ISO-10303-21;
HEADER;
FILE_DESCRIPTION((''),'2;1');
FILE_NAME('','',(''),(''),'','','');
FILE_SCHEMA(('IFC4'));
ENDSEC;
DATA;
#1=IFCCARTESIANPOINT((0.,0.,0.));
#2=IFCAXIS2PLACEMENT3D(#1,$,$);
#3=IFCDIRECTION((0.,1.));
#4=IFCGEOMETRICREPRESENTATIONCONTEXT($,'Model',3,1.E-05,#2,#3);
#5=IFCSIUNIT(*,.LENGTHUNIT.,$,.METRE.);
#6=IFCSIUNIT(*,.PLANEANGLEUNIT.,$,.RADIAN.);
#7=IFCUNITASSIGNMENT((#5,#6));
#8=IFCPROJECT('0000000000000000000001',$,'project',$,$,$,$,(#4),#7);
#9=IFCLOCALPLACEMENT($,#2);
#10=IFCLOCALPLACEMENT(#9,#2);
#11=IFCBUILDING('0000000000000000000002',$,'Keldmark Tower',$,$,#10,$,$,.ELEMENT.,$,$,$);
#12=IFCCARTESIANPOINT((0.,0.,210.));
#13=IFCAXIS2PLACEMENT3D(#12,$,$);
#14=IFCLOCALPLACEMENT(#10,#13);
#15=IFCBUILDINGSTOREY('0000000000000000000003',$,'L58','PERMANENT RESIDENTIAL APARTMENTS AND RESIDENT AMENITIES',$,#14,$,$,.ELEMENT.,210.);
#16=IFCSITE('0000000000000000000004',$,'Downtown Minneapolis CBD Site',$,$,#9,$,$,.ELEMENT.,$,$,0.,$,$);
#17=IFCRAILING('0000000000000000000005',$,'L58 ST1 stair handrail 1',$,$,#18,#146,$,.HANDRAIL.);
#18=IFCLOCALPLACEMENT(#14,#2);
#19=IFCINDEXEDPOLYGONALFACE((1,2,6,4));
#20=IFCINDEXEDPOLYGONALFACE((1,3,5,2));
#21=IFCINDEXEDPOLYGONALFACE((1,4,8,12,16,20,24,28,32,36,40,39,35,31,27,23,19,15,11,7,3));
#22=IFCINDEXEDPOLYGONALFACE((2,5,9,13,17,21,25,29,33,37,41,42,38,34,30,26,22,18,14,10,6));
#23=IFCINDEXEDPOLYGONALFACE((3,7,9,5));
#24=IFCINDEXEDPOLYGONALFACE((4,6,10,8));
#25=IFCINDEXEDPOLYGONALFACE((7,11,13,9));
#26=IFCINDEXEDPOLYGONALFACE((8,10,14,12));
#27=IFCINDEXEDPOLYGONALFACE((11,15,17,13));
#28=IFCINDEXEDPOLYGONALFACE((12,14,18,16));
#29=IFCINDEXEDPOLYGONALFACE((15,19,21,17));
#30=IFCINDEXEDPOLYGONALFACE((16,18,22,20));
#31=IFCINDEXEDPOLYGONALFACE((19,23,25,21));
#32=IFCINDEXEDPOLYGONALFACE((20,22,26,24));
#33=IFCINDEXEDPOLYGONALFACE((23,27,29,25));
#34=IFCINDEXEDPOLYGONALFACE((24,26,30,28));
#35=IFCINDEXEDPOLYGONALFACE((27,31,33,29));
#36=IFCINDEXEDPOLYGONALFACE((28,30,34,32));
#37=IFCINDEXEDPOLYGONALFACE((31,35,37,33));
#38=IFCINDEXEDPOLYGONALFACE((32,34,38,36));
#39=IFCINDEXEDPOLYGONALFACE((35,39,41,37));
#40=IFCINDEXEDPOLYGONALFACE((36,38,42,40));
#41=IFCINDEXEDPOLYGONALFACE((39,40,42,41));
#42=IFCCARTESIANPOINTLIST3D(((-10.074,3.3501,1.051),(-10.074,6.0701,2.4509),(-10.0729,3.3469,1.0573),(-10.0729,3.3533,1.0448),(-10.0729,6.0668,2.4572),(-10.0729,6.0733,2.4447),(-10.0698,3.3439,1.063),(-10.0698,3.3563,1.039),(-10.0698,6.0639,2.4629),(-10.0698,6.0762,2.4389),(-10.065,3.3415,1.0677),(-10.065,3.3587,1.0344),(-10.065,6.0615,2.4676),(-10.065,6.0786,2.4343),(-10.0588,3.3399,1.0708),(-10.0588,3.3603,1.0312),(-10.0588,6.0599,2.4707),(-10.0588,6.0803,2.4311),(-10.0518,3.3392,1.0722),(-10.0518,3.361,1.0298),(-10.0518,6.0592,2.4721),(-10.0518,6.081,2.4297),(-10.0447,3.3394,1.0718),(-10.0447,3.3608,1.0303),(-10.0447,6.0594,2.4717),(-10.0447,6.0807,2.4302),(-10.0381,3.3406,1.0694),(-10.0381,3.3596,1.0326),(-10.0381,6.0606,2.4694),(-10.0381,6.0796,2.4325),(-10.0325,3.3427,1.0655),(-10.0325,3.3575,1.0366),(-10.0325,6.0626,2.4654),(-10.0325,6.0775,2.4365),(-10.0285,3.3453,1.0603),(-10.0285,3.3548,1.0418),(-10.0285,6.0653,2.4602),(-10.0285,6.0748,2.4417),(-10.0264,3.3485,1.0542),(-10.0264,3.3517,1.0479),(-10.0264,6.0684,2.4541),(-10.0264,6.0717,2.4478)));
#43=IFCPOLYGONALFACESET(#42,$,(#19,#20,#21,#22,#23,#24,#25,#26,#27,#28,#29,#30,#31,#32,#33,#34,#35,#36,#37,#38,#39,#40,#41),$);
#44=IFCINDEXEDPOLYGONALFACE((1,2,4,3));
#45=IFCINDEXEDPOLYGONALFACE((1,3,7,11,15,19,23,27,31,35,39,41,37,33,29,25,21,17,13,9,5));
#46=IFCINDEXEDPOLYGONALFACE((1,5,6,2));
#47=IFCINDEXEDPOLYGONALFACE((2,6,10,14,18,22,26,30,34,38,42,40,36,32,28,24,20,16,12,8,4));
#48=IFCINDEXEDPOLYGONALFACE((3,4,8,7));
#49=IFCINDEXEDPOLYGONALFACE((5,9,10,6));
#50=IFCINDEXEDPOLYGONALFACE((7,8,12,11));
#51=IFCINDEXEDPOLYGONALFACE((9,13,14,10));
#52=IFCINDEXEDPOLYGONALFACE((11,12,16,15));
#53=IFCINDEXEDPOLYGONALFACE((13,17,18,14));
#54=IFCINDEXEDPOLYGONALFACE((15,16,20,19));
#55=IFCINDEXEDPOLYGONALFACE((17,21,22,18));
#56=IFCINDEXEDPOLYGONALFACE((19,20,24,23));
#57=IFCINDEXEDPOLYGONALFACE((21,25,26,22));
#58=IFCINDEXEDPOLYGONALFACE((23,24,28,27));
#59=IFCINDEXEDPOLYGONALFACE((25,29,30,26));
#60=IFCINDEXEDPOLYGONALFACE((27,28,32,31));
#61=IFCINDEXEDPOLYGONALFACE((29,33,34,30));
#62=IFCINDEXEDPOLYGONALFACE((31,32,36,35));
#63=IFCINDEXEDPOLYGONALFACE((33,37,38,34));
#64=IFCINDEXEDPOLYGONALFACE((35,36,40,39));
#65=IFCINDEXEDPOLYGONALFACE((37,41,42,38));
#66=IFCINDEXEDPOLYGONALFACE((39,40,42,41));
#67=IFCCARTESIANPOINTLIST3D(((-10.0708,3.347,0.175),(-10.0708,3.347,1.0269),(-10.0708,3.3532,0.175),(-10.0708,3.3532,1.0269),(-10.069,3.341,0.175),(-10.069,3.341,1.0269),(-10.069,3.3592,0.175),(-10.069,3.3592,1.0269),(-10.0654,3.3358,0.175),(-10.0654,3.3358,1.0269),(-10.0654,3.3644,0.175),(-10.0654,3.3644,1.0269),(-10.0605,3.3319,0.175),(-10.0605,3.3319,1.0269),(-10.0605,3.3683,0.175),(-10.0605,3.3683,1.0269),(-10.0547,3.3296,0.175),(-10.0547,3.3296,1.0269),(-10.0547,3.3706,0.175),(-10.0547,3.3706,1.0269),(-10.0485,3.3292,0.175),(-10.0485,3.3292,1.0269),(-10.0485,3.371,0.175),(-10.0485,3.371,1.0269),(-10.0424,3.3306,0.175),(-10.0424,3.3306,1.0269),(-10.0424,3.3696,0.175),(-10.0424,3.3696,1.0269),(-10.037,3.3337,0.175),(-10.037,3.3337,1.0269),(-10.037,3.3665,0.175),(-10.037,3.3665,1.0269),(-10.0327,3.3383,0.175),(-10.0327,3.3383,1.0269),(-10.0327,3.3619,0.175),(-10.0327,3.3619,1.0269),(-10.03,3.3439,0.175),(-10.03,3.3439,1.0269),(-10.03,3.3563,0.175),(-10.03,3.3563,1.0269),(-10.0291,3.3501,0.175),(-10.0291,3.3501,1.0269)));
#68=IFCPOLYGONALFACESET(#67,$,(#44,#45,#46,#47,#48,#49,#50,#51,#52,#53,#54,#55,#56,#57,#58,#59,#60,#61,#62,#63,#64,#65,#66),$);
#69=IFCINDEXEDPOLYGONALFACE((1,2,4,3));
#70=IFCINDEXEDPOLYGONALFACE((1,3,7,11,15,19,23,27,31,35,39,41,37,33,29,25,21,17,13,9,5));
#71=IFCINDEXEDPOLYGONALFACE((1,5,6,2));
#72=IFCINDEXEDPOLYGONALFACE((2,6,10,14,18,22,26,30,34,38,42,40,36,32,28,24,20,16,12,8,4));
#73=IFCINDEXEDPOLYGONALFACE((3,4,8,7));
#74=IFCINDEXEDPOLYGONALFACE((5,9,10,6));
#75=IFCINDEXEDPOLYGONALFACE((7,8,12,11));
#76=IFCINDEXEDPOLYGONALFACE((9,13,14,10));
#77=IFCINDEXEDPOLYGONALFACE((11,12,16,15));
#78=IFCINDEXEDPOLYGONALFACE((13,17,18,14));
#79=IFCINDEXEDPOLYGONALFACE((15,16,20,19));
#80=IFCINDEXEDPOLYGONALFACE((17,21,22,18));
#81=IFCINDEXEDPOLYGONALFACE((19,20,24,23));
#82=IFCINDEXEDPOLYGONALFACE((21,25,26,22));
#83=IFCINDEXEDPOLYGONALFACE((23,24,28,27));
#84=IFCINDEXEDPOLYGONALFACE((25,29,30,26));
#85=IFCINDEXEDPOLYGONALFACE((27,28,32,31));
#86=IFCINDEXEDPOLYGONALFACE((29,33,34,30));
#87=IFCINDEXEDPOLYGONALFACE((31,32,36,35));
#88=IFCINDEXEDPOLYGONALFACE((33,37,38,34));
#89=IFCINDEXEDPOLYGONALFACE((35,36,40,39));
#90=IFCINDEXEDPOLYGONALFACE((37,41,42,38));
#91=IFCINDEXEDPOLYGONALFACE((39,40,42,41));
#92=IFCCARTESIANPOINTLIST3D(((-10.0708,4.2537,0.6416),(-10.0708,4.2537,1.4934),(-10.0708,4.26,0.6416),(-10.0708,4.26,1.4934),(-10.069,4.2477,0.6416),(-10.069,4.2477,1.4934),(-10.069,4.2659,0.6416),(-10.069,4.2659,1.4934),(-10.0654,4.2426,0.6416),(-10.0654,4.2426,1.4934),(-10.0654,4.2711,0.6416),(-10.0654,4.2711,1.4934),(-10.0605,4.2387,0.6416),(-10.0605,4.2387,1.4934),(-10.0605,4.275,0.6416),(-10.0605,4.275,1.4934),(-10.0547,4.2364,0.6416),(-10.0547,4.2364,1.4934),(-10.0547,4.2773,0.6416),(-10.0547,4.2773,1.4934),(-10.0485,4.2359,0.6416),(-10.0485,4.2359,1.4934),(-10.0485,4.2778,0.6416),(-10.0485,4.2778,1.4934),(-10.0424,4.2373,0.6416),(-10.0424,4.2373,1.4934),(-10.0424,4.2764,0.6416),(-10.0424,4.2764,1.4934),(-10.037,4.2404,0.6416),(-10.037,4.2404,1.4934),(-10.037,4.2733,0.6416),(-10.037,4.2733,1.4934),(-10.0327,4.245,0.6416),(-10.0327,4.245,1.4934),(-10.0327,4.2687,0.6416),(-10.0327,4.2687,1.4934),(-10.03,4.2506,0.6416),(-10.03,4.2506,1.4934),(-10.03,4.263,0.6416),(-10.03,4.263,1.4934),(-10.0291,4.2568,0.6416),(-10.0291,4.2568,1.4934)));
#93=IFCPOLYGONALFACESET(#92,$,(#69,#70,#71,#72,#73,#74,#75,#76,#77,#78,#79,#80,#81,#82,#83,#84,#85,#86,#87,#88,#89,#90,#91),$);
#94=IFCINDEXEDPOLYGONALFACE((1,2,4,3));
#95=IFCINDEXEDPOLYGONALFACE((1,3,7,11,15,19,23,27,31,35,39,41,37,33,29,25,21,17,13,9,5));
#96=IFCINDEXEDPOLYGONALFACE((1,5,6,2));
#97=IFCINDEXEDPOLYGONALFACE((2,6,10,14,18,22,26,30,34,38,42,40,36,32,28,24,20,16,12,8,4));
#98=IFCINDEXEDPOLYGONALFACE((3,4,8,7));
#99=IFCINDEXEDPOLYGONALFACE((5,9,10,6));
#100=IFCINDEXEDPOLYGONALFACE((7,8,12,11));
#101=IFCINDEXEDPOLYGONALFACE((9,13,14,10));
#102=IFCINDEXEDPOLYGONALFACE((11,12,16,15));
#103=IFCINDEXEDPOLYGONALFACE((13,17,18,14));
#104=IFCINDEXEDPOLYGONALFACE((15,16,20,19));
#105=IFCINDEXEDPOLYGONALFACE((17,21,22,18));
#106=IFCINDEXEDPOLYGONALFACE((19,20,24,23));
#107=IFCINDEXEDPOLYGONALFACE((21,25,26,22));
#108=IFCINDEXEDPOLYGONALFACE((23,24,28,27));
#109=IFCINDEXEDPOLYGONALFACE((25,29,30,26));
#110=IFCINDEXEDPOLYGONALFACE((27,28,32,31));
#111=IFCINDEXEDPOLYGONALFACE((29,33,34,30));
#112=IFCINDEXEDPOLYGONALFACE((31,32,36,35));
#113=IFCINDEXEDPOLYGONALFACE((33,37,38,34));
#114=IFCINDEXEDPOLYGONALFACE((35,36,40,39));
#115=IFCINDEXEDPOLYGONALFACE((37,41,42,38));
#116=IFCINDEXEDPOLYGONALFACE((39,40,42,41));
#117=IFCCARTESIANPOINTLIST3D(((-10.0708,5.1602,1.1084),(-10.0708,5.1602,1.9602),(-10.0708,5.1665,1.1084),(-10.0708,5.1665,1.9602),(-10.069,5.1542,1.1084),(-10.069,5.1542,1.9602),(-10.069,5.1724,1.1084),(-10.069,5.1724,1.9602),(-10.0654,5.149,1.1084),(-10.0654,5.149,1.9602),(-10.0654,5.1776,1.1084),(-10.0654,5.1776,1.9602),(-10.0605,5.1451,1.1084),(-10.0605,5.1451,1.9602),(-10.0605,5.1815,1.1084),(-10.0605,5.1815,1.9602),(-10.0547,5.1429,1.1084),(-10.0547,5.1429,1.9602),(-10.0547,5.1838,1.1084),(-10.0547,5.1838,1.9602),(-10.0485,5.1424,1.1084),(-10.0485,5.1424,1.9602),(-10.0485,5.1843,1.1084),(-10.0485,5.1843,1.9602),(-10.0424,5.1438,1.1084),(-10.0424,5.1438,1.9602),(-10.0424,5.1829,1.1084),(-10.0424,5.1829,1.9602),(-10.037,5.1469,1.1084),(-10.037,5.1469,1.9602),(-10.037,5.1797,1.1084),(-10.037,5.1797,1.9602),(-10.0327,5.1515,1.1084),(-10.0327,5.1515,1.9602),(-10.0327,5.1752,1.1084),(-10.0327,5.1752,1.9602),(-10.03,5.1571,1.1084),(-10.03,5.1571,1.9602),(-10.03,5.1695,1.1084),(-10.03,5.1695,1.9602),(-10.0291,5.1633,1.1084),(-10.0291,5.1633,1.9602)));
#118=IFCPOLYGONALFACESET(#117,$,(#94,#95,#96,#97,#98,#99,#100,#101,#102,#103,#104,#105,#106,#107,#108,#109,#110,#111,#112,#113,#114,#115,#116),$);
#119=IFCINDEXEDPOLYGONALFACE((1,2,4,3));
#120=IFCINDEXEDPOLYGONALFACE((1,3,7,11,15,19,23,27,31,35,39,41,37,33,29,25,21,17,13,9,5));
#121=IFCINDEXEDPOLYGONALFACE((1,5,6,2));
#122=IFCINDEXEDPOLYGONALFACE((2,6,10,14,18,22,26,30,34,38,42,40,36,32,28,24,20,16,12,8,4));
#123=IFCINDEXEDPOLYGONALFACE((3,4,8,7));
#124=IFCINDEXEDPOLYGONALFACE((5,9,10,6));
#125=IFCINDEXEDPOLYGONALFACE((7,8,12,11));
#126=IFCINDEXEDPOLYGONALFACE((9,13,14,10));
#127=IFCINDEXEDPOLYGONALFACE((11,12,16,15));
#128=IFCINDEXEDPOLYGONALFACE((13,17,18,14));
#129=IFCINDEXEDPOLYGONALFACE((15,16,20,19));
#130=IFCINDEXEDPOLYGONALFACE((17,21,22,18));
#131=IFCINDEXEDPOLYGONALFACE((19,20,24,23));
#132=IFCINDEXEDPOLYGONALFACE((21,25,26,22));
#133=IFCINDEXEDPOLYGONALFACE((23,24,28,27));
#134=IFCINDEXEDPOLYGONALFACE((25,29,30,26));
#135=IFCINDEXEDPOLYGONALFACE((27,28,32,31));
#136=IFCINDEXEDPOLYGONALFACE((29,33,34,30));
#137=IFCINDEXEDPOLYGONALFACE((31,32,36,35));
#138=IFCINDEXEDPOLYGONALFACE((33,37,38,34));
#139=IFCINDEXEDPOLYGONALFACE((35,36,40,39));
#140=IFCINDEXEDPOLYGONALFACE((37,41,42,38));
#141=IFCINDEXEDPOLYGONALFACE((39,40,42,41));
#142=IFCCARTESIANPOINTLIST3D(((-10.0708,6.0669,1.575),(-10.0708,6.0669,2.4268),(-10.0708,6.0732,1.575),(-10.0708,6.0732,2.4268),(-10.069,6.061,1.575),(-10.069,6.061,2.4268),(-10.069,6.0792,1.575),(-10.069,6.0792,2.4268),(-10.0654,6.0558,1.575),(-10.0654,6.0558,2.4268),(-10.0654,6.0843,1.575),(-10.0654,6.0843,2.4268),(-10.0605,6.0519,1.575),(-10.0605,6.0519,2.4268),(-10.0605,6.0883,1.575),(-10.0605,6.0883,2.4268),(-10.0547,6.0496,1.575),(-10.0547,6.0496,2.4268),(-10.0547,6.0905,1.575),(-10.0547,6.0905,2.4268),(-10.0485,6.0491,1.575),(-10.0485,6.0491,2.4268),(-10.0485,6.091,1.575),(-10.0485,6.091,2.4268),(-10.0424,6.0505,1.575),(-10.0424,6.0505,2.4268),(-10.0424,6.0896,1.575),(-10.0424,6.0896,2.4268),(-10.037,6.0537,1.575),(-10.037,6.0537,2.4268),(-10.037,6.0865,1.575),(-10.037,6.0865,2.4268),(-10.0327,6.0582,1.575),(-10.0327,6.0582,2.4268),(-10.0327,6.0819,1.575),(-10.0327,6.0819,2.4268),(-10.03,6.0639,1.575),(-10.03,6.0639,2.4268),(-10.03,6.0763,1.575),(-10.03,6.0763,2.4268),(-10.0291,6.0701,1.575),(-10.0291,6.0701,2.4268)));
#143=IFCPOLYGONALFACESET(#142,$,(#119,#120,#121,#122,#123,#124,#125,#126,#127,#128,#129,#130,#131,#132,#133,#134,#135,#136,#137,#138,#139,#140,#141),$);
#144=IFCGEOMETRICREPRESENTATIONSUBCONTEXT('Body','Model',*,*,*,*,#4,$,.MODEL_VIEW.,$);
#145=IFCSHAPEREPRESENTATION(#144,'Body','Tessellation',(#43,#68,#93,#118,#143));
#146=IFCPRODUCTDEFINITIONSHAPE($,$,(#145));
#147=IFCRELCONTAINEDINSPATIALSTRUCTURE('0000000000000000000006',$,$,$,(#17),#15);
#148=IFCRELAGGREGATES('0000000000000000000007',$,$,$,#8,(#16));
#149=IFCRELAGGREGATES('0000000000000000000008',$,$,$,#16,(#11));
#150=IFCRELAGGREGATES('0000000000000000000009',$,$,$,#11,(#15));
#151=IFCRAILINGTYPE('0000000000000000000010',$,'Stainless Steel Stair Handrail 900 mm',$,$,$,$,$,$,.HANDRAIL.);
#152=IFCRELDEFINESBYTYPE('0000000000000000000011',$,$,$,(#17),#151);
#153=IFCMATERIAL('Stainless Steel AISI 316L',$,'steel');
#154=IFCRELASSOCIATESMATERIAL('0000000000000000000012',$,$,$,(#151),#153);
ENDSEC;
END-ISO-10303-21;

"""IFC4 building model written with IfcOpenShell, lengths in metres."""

from ifc_helpers import new_model, si_unit, direction, frame, origin, origin_2d, place, context, subcontext, project, spatial, circle, extrude, material, type_object, element, save


model = new_model("IFC4")

# Units and contexts
model_context = context("Model", 3, precision=1e-05, world=origin(), true_north=direction((0.0, 1.0)))
body_context = subcontext(model_context, "Body", "Model", "MODEL_VIEW")
ifc_project = project(units=[si_unit("LENGTHUNIT", "METRE"), si_unit("PLANEANGLEUNIT", "RADIAN")], contexts=[model_context])

# Site, building, storey
site_placement = place(None, origin())
site = spatial("IfcSite", under=ifc_project, at=site_placement, Name="Downtown Minneapolis CBD Site", CompositionType="ELEMENT", RefElevation=0.0)
building_placement = place(site_placement, origin())
building = spatial("IfcBuilding", under=site, at=building_placement, Name="Keldmark Tower", CompositionType="ELEMENT")
storey_placement = place(building_placement, frame((0.0, 0.0, 210.0)))
storey = spatial("IfcBuildingStorey", under=building, at=storey_placement, Name="L58", Description="PERMANENT RESIDENTIAL APARTMENTS AND RESIDENT AMENITIES", CompositionType="ELEMENT", Elevation=210.0)

# Railing
ifc_material_1 = material(Name="Stainless Steel AISI 316L", Category="steel")
railing_type = type_object("IfcRailingType", Name="Stainless Steel Stair Handrail 900 mm", PredefinedType="HANDRAIL", material=ifc_material_1)
railing_placement = place(storey_placement, frame((-10.05, 3.3501, 0.175)))
element("IfcRailing", 1, at=railing_placement, inside=storey, type_object=railing_type, Name="L58 ST1 stair handrail 1", PredefinedType="HANDRAIL", context=body_context, shape_type="SweptSolid", body=[
    extrude(circle(Radius=0.0239, at=origin_2d()), frame((0.0, 0.0, 0.876), z_axis=(0.0, 0.889147, 0.457622), x_axis=(-1.0, 0.0, 0.0)), (0.0, 0.0, 1.0), 3.0591),
    extrude(circle(Radius=0.021, at=origin_2d()), origin(), (0.0, 0.0, 1.0), 0.8518),
    extrude(circle(Radius=0.021, at=origin_2d()), frame((0.0, 0.9067, 0.4666)), (0.0, 0.0, 1.0), 0.8518),
    extrude(circle(Radius=0.021, at=origin_2d()), frame((0.0, 1.8132, 0.9333)), (0.0, 0.0, 1.0), 0.8518),
    extrude(circle(Radius=0.021, at=origin_2d()), frame((0.0, 2.72, 1.3999)), (0.0, 0.0, 1.0), 0.8518),
])

save(model, "model.ifc")
